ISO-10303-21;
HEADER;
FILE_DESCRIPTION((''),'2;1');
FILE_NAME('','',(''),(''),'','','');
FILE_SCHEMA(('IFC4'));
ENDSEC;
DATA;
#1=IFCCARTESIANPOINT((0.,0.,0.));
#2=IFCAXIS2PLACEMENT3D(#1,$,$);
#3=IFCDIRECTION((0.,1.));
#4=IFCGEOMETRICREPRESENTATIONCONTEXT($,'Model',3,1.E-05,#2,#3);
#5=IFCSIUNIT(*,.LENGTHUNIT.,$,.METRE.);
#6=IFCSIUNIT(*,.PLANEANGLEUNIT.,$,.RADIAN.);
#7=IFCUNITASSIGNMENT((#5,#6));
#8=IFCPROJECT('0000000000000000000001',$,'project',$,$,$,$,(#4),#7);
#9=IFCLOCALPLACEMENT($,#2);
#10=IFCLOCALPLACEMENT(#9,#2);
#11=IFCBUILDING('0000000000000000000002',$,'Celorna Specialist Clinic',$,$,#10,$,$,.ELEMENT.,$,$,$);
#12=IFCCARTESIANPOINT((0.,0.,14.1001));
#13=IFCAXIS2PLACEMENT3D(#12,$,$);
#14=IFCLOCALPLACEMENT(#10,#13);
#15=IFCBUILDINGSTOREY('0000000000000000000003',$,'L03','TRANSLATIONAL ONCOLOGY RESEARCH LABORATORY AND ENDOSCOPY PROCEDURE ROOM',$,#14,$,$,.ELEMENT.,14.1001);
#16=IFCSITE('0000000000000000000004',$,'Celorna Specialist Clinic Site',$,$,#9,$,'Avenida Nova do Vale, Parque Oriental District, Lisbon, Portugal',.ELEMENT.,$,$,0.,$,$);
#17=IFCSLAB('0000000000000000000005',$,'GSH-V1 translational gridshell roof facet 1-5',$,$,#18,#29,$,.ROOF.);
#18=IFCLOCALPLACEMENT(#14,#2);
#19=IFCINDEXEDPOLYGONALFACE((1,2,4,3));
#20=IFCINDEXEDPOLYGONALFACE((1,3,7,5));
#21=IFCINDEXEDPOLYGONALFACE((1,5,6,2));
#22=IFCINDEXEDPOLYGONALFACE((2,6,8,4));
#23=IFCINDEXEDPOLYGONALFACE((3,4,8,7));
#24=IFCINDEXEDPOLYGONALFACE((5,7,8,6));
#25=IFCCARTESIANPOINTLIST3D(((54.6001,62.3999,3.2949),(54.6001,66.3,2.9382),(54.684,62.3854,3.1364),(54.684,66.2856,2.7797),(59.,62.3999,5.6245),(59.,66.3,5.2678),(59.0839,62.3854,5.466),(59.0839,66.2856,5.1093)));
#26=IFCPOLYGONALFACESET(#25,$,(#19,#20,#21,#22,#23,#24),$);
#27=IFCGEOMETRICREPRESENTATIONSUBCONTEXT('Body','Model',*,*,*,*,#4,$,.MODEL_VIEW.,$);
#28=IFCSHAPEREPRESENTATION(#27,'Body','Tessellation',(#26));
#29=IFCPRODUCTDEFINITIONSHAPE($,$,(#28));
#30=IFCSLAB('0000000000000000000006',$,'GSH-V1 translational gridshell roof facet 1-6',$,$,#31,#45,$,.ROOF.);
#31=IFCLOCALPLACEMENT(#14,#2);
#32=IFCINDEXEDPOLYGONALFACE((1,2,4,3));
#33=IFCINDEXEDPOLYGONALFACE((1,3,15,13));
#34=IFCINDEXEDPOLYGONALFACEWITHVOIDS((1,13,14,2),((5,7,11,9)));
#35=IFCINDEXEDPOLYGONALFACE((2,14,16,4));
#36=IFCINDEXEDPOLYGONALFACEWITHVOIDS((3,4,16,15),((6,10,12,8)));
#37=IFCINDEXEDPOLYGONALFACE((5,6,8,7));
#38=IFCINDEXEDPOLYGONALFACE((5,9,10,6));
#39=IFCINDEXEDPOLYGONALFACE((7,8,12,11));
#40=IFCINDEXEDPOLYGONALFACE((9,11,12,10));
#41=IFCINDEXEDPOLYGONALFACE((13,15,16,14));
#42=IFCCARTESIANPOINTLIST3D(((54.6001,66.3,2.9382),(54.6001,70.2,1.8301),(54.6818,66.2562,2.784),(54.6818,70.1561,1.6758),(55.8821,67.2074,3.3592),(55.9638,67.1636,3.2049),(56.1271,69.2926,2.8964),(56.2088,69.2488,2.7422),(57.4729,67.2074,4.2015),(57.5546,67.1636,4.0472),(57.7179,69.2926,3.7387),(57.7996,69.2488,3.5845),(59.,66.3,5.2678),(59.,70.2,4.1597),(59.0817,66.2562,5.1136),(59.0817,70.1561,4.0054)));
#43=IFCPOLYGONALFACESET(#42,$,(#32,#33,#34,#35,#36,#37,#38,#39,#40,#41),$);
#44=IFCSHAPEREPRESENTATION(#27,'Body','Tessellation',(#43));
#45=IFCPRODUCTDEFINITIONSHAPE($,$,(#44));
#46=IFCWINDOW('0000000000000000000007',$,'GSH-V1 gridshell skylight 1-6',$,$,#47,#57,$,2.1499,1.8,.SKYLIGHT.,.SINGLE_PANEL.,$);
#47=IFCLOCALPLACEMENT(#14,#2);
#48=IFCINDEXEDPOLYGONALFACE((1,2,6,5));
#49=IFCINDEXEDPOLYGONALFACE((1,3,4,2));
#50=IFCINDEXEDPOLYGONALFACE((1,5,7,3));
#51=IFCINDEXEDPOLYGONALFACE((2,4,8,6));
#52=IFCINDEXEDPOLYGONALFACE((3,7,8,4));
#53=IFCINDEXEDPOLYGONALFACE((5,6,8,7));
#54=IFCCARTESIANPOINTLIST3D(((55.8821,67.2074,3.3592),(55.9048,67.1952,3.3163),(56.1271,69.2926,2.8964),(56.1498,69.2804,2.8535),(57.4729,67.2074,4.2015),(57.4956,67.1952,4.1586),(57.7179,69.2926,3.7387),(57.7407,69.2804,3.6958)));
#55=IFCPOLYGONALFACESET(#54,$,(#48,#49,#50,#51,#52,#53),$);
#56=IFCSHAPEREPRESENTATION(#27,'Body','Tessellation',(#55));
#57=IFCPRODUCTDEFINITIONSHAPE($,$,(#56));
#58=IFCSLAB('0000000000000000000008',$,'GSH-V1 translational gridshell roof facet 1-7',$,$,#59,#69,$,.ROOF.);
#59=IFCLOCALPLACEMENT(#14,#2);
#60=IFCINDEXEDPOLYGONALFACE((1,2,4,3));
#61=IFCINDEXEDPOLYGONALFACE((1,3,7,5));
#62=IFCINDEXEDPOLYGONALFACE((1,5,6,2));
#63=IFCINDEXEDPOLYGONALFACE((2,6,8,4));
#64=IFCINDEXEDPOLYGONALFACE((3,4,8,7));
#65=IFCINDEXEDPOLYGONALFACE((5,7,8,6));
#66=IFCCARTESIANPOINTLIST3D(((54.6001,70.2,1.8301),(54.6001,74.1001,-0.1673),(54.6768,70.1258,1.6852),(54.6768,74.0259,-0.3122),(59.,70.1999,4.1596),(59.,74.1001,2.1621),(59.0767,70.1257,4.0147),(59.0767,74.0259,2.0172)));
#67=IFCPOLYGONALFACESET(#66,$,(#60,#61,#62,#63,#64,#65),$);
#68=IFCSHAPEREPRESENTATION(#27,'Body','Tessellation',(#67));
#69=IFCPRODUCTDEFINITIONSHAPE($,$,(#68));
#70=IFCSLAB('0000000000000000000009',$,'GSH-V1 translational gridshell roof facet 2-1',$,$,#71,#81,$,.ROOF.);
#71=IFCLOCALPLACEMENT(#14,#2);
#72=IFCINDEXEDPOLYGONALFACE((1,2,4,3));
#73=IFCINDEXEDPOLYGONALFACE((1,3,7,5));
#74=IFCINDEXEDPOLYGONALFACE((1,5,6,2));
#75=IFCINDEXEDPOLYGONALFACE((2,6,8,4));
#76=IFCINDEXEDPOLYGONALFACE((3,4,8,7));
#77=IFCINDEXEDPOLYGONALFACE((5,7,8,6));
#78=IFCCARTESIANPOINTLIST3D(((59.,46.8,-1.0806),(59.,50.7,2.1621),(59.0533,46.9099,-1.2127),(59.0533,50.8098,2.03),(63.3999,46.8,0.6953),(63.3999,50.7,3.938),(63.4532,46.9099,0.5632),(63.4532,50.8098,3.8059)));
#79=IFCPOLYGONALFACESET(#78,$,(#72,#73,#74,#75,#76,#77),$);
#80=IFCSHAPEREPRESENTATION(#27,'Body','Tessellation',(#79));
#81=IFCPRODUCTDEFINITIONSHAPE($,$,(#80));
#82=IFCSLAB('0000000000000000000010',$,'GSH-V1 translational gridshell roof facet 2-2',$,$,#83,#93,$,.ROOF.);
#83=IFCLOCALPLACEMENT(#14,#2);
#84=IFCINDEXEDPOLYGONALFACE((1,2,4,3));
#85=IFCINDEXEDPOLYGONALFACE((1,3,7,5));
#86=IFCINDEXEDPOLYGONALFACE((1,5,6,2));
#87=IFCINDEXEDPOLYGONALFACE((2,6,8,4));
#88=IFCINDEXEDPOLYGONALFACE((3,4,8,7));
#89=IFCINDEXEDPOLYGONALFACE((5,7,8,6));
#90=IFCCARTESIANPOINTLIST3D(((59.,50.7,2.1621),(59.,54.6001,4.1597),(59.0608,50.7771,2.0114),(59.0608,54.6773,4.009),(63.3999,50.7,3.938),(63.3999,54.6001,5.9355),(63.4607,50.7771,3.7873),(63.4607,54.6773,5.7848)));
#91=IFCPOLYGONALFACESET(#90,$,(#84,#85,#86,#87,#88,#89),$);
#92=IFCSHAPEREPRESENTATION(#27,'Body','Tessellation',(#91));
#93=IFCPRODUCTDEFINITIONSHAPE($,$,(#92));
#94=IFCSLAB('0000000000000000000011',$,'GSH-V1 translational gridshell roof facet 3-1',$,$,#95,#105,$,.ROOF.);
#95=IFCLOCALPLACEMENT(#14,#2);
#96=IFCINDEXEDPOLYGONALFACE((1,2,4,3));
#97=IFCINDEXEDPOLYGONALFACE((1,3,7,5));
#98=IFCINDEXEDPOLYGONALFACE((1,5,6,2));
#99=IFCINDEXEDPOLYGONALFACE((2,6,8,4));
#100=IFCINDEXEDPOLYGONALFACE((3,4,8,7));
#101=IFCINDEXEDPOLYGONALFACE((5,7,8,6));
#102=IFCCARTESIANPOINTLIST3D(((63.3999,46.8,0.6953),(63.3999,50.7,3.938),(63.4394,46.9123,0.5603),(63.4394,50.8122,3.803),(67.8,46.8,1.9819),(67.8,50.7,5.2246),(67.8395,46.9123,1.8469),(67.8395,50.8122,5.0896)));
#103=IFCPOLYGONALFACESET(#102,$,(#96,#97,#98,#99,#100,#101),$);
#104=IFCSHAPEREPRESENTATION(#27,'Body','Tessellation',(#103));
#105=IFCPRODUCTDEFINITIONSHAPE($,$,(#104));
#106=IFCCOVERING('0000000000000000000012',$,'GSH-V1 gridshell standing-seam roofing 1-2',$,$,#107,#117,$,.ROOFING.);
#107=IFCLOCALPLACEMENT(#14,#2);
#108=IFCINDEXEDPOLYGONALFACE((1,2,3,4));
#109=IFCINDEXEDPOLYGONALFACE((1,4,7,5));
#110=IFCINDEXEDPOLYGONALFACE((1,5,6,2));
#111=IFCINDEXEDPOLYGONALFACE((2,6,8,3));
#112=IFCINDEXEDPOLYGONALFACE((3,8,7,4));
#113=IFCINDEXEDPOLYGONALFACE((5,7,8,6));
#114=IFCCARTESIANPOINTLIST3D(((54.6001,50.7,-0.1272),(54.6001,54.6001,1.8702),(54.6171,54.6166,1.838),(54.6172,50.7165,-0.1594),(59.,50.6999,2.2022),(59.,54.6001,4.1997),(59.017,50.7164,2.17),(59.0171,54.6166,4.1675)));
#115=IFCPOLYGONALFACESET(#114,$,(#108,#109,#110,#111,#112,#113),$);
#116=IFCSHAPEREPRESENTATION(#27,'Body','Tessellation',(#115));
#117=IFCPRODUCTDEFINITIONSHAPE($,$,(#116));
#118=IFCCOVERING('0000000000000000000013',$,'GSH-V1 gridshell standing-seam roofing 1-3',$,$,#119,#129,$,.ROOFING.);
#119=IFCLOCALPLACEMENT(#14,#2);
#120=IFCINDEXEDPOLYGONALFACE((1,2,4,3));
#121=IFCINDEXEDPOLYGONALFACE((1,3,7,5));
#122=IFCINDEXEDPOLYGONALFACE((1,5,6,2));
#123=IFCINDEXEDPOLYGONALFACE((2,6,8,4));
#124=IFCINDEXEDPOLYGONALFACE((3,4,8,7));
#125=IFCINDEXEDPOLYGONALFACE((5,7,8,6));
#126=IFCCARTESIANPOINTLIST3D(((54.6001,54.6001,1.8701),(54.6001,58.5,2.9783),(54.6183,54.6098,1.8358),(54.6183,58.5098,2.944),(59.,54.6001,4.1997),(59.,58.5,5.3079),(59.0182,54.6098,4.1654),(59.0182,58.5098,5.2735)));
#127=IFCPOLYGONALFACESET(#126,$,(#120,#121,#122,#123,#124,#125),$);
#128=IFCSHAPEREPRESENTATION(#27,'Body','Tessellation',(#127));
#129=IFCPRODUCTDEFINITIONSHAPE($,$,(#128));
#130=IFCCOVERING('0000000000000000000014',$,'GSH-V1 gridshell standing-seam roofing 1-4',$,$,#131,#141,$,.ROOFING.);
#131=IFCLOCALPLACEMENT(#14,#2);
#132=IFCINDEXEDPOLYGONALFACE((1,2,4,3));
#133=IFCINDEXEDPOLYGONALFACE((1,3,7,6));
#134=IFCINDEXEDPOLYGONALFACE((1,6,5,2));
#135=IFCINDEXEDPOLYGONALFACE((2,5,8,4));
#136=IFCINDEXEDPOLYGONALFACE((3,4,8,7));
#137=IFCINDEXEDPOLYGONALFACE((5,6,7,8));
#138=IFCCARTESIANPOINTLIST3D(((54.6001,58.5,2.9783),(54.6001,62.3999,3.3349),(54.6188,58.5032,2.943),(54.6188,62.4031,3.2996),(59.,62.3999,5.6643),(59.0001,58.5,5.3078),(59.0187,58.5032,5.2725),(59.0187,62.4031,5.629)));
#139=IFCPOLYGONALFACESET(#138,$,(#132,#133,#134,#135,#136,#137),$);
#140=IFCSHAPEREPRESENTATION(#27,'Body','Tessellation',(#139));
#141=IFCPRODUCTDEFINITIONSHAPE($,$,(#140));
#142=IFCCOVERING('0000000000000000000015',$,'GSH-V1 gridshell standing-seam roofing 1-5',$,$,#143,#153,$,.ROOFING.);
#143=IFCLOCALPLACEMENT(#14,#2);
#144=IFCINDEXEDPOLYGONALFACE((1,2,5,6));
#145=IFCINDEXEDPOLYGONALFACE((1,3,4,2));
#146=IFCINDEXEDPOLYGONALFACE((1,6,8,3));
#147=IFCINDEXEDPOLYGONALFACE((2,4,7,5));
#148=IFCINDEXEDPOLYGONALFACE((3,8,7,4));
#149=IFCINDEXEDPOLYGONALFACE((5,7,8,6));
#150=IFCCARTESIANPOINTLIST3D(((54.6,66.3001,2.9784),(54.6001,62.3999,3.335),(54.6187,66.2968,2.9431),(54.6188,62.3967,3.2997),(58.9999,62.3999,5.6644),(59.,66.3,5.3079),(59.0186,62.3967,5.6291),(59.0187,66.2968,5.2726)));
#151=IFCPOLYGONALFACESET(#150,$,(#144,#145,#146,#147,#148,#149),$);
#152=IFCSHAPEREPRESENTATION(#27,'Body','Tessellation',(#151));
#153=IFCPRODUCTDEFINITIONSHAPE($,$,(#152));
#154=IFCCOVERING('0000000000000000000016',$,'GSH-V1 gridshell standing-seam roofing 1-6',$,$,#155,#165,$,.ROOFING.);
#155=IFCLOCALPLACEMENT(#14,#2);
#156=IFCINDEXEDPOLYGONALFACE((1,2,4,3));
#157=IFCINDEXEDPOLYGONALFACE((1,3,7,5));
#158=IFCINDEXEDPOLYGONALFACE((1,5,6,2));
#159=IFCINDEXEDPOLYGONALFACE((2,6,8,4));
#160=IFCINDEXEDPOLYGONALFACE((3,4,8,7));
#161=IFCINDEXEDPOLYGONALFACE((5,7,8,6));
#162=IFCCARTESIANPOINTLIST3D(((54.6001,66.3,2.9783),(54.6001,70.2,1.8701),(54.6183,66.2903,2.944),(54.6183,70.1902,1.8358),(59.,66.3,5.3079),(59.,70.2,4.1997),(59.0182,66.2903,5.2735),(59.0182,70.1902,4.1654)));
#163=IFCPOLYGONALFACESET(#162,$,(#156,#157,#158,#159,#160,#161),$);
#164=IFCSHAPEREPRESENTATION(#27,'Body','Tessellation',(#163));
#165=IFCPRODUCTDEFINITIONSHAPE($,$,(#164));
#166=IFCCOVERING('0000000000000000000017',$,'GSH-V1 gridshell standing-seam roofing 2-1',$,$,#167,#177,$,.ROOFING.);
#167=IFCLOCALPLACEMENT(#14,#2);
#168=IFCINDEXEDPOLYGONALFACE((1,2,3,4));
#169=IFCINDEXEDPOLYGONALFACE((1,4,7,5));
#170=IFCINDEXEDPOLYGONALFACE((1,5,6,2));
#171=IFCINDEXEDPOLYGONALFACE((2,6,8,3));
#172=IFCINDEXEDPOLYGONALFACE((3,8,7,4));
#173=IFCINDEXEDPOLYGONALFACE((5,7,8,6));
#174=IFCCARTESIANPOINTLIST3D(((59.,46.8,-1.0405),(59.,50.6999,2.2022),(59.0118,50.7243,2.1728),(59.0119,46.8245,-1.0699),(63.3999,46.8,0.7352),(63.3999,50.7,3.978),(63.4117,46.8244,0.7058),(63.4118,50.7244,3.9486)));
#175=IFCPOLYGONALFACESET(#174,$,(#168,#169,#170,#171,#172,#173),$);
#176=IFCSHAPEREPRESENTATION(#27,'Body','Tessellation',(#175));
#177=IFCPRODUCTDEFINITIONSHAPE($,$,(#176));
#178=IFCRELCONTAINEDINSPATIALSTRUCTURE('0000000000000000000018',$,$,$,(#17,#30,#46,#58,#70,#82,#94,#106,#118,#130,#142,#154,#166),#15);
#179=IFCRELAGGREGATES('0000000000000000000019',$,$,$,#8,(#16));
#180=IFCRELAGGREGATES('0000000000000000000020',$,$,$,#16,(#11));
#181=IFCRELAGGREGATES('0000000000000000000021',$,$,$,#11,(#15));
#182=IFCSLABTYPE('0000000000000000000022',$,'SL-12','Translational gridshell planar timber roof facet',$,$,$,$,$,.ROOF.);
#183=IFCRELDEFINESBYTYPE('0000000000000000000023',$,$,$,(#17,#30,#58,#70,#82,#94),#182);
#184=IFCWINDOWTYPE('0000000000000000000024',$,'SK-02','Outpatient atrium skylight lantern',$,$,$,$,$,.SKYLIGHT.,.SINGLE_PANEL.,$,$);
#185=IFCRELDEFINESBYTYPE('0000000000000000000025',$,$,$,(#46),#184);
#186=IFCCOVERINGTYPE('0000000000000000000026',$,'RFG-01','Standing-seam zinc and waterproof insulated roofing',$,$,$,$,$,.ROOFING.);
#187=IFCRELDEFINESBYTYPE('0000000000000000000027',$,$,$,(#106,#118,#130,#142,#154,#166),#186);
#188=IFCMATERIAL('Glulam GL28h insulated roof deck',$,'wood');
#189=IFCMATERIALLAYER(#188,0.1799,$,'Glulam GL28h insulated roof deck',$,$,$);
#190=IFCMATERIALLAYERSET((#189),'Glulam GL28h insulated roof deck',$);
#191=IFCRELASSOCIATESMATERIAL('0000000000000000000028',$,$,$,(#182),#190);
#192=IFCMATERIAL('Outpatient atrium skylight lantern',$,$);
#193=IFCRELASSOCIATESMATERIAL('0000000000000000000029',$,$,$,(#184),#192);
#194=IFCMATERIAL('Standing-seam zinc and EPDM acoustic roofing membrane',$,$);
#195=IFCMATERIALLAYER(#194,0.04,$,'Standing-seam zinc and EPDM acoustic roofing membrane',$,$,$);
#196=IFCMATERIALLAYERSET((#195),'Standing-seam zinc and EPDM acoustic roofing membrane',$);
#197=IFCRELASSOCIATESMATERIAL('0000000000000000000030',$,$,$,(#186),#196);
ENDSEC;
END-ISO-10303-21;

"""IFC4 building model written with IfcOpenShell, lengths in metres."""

from ifc_helpers import new_model, si_unit, direction, frame, origin, origin_2d, place, context, subcontext, project, spatial, polyline, rectangle, outline, extrude, material, layer, layer_set, type_object, element, fill, save


model = new_model("IFC4")

# Units and contexts
model_context = context("Model", 3, precision=1e-05, world=origin(), true_north=direction((0.0, 1.0)))
body_context = subcontext(model_context, "Body", "Model", "MODEL_VIEW")
ifc_project = project(units=[si_unit("LENGTHUNIT", "METRE"), si_unit("PLANEANGLEUNIT", "RADIAN")], contexts=[model_context])

# Site, building, storey
site_placement = place(None, origin())
site = spatial("IfcSite", under=ifc_project, at=site_placement, Name="Celorna Specialist Clinic Site", LongName="Avenida Nova do Vale, Parque Oriental District, Lisbon, Portugal", CompositionType="ELEMENT", RefElevation=0.0)
building_placement = place(site_placement, origin())
building = spatial("IfcBuilding", under=site, at=building_placement, Name="Celorna Specialist Clinic", CompositionType="ELEMENT")
storey_placement = place(building_placement, frame((0.0, 0.0, 14.1001)))
storey = spatial("IfcBuildingStorey", under=building, at=storey_placement, Name="L03", Description="TRANSLATIONAL ONCOLOGY RESEARCH LABORATORY AND ENDOSCOPY PROCEDURE ROOM", CompositionType="ELEMENT", Elevation=14.1001)

# Shared definitions
ifc_material_1 = material(Name="Glulam GL28h insulated roof deck", Category="wood")
ifc_layer_1 = layer(ifc_material_1, 0.1799, Name="Glulam GL28h insulated roof deck")
ifc_layer_set_1 = layer_set([ifc_layer_1], Name="Glulam GL28h insulated roof deck")
slab_type = type_object("IfcSlabType", Name="SL-12", Description="Translational gridshell planar timber roof facet", PredefinedType="ROOF", material=ifc_layer_set_1)
ifc_material_2 = material(Name="Outpatient atrium skylight lantern")
window_type_1 = type_object("IfcWindowType", Name="SK-02", Description="Outpatient atrium skylight lantern", PartitioningType="SINGLE_PANEL", PredefinedType="SKYLIGHT", material=ifc_material_2)

# Slab
slab_1_placement = place(storey_placement, frame((54.6001, 62.3999, 3.2949), z_axis=(-0.466403, 0.080563, 0.880896), x_axis=(0.883769, 0.0, 0.467924)))
element("IfcSlab", 1, at=slab_1_placement, inside=storey, type_object=slab_type, Name="GSH-V1 translational gridshell roof facet 1-5", PredefinedType="ROOF", context=body_context, shape_type="SweptSolid", body=[
    extrude(outline(polyline([(0.0, 0.0), (4.9786, 0.0), (4.8117, 3.9129), (-0.1669, 3.9129), (0.0, 0.0)])), origin(), (0.0, 0.0, -1.0), 0.1799),
])

# Slab, opening, window
slab_2_placement = place(storey_placement, frame((54.6001, 66.3, 2.9382), z_axis=(-0.453833, 0.24356, 0.857155), x_axis=(0.883769, 0.0, 0.467924)))
slab_2 = element("IfcSlab", 2, at=slab_2_placement, inside=storey, type_object=slab_type, Name="GSH-V1 translational gridshell roof facet 1-6", PredefinedType="ROOF", context=body_context, shape_type="SweptSolid", body=[
    extrude(outline(polyline([(0.0, 0.0), (4.9786, 0.0), (4.46, 4.021), (-0.5185, 4.021), (0.0, 0.0)])), origin(), (0.0, 0.0, -1.0), 0.1799),
])
opening_1_placement = place(slab_2_placement, frame((2.23, 2.0105, 0.01)))
opening_1 = element("IfcOpeningElement", 3, at=opening_1_placement, cuts=slab_2, PredefinedType="OPENING", context=body_context, shape_type="SweptSolid", body=[
    extrude(rectangle(XDim=1.8, YDim=2.1499, at=origin_2d()), origin(), (0.0, 0.0, -1.0), 0.2),
])
window_1_placement = place(opening_1_placement, frame((0.0, 0.0, -0.01)))
window_1 = element("IfcWindow", 4, at=window_1_placement, inside=storey, type_object=window_type_1, Name="GSH-V1 gridshell skylight 1-6", OverallHeight=2.1499, OverallWidth=1.8, PartitioningType="SINGLE_PANEL", PredefinedType="SKYLIGHT", context=body_context, shape_type="SweptSolid", body=[
    extrude(rectangle(XDim=1.8, YDim=2.1499, at=origin_2d()), origin(), (0.0, 0.0, -1.0), 0.05),
])
fill(opening_1, window_1)

# Slabs
slab_3_placement = place(storey_placement, frame((54.6001, 70.2, 1.8301), z_axis=(-0.426273, 0.41235, 0.805145), x_axis=(0.883777, -0.000008, 0.467908)))
element("IfcSlab", 5, at=slab_3_placement, inside=storey, type_object=slab_type, Name="GSH-V1 translational gridshell roof facet 1-7", PredefinedType="ROOF", context=body_context, shape_type="SweptSolid", body=[
    extrude(outline(polyline([(0.0, 0.0), (4.9786, 0.0), (4.0439, 4.2811), (-0.9346, 4.281), (0.0, 0.0)])), origin(), (0.0, 0.0, -1.0), 0.1799),
])
slab_4_placement = place(storey_placement, frame((59.0, 46.8, -1.0806), z_axis=(-0.296405, -0.610611, 0.73437), x_axis=(0.927315, 0.0, 0.374281)))
element("IfcSlab", 6, at=slab_4_placement, inside=storey, type_object=slab_type, Name="GSH-V1 translational gridshell roof facet 2-1", PredefinedType="ROOF", context=body_context, shape_type="SweptSolid", body=[
    extrude(outline(polyline([(0.0, 0.0), (4.7448, 0.0), (5.9584, 4.9245), (1.2137, 4.9245), (0.0, 0.0)])), origin(), (0.0, 0.0, -1.0), 0.1799),
])
slab_5_placement = place(storey_placement, frame((59.0, 50.7, 2.1621), z_axis=(-0.338086, -0.429018, 0.83764), x_axis=(0.927315, 0.0, 0.374281)))
element("IfcSlab", 7, at=slab_5_placement, inside=storey, type_object=slab_type, Name="GSH-V1 translational gridshell roof facet 2-2", PredefinedType="ROOF", context=body_context, shape_type="SweptSolid", body=[
    extrude(outline(polyline([(0.0, 0.0), (4.7448, 0.0), (5.4924, 4.3177), (0.7476, 4.3177), (0.0, 0.0)])), origin(), (0.0, 0.0, -1.0), 0.1799),
])
slab_6_placement = place(storey_placement, frame((63.3999, 46.8, 0.6953), z_axis=(-0.21936, -0.623769, 0.750195), x_axis=(0.95981, 0.0, 0.280652)))
element("IfcSlab", 8, at=slab_6_placement, inside=storey, type_object=slab_type, Name="GSH-V1 translational gridshell roof facet 3-1", PredefinedType="ROOF", context=body_context, shape_type="SweptSolid", body=[
    extrude(outline(polyline([(0.0, 0.0), (4.5844, 0.0), (5.4945, 4.9896), (0.9101, 4.9896), (0.0, 0.0)])), origin(), (0.0, 0.0, -1.0), 0.1799),
])

# Coverings
ifc_material_3 = material(Name="Standing-seam zinc and EPDM acoustic roofing membrane")
ifc_layer_2 = layer(ifc_material_3, 0.04, Name="Standing-seam zinc and EPDM acoustic roofing membrane")
ifc_layer_set_2 = layer_set([ifc_layer_2], Name="Standing-seam zinc and EPDM acoustic roofing membrane")
covering_type = type_object("IfcCoveringType", Name="RFG-01", Description="Standing-seam zinc and waterproof insulated roofing", PredefinedType="ROOFING", material=ifc_layer_set_2)
covering_1_placement = place(storey_placement, frame((54.6001, 50.7, -0.1272), z_axis=(-0.426273, -0.41235, 0.805145), x_axis=(0.883781, -0.000008, 0.467901)))
element("IfcCovering", 9, at=covering_1_placement, inside=storey, type_object=covering_type, Name="GSH-V1 gridshell standing-seam roofing 1-2", PredefinedType="ROOFING", context=body_context, shape_type="SweptSolid", body=[
    extrude(outline(polyline([(0.0, 0.0), (4.9785, 0.0), (5.9131, 4.2811), (0.9345, 4.281), (0.0, 0.0)])), origin(), (0.0, 0.0, -1.0), 0.04),
])
covering_2_placement = place(storey_placement, frame((54.6001, 54.6001, 1.8701), z_axis=(-0.453833, -0.24356, 0.857155), x_axis=(0.883769, 0.0, 0.467924)))
element("IfcCovering", 10, at=covering_2_placement, inside=storey, type_object=covering_type, Name="GSH-V1 gridshell standing-seam roofing 1-3", PredefinedType="ROOFING", context=body_context, shape_type="SweptSolid", body=[
    extrude(outline(polyline([(0.0, 0.0), (4.9786, 0.0), (5.4971, 4.021), (0.5185, 4.021), (0.0, 0.0)])), origin(), (0.0, 0.0, -1.0), 0.04),
])
covering_3_placement = place(storey_placement, frame((54.6001, 58.5, 2.9783), z_axis=(-0.466385, -0.080541, 0.880908), x_axis=(0.883779, 0.000002, 0.467905)))
element("IfcCovering", 11, at=covering_3_placement, inside=storey, type_object=covering_type, Name="GSH-V1 gridshell standing-seam roofing 1-4", PredefinedType="ROOFING", context=body_context, shape_type="SweptSolid", body=[
    extrude(outline(polyline([(0.0, 0.0), (4.9786, 0.0), (5.1454, 3.9126), (0.1669, 3.9126), (0.0, 0.0)])), origin(), (0.0, 0.0, -1.0), 0.04),
])
covering_4_placement = place(storey_placement, frame((54.6001, 62.3999, 3.335), z_axis=(-0.466385, 0.080536, 0.880908), x_axis=(0.883779, 0.000002, 0.467904)))
element("IfcCovering", 12, at=covering_4_placement, inside=storey, type_object=covering_type, Name="GSH-V1 gridshell standing-seam roofing 1-5", PredefinedType="ROOFING", context=body_context, shape_type="SweptSolid", body=[
    extrude(outline(polyline([(0.0, 0.0), (4.9785, 0.0), (4.8117, 3.9128), (-0.1669, 3.9129), (0.0, 0.0)])), origin(), (0.0, 0.0, -1.0), 0.04),
])
covering_5_placement = place(storey_placement, frame((54.6001, 66.3, 2.9783), z_axis=(-0.453833, 0.24356, 0.857155), x_axis=(0.883769, 0.0, 0.467924)))
element("IfcCovering", 13, at=covering_5_placement, inside=storey, type_object=covering_type, Name="GSH-V1 gridshell standing-seam roofing 1-6", PredefinedType="ROOFING", context=body_context, shape_type="SweptSolid", body=[
    extrude(outline(polyline([(0.0, 0.0), (4.9786, 0.0), (4.46, 4.021), (-0.5185, 4.021), (0.0, 0.0)])), origin(), (0.0, 0.0, -1.0), 0.04),
])
covering_6_placement = place(storey_placement, frame((59.0, 46.8, -1.0405), z_axis=(-0.296382, -0.610629, 0.734364), x_axis=(0.927328, -0.000012, 0.374251)))
element("IfcCovering", 14, at=covering_6_placement, inside=storey, type_object=covering_type, Name="GSH-V1 gridshell standing-seam roofing 2-1", PredefinedType="ROOFING", context=body_context, shape_type="SweptSolid", body=[
    extrude(outline(polyline([(0.0, 0.0), (4.7447, 0.0), (5.9583, 4.9247), (1.2135, 4.9246), (0.0, 0.0)])), origin(), (0.0, 0.0, -1.0), 0.04),
])

save(model, "model.ifc")
